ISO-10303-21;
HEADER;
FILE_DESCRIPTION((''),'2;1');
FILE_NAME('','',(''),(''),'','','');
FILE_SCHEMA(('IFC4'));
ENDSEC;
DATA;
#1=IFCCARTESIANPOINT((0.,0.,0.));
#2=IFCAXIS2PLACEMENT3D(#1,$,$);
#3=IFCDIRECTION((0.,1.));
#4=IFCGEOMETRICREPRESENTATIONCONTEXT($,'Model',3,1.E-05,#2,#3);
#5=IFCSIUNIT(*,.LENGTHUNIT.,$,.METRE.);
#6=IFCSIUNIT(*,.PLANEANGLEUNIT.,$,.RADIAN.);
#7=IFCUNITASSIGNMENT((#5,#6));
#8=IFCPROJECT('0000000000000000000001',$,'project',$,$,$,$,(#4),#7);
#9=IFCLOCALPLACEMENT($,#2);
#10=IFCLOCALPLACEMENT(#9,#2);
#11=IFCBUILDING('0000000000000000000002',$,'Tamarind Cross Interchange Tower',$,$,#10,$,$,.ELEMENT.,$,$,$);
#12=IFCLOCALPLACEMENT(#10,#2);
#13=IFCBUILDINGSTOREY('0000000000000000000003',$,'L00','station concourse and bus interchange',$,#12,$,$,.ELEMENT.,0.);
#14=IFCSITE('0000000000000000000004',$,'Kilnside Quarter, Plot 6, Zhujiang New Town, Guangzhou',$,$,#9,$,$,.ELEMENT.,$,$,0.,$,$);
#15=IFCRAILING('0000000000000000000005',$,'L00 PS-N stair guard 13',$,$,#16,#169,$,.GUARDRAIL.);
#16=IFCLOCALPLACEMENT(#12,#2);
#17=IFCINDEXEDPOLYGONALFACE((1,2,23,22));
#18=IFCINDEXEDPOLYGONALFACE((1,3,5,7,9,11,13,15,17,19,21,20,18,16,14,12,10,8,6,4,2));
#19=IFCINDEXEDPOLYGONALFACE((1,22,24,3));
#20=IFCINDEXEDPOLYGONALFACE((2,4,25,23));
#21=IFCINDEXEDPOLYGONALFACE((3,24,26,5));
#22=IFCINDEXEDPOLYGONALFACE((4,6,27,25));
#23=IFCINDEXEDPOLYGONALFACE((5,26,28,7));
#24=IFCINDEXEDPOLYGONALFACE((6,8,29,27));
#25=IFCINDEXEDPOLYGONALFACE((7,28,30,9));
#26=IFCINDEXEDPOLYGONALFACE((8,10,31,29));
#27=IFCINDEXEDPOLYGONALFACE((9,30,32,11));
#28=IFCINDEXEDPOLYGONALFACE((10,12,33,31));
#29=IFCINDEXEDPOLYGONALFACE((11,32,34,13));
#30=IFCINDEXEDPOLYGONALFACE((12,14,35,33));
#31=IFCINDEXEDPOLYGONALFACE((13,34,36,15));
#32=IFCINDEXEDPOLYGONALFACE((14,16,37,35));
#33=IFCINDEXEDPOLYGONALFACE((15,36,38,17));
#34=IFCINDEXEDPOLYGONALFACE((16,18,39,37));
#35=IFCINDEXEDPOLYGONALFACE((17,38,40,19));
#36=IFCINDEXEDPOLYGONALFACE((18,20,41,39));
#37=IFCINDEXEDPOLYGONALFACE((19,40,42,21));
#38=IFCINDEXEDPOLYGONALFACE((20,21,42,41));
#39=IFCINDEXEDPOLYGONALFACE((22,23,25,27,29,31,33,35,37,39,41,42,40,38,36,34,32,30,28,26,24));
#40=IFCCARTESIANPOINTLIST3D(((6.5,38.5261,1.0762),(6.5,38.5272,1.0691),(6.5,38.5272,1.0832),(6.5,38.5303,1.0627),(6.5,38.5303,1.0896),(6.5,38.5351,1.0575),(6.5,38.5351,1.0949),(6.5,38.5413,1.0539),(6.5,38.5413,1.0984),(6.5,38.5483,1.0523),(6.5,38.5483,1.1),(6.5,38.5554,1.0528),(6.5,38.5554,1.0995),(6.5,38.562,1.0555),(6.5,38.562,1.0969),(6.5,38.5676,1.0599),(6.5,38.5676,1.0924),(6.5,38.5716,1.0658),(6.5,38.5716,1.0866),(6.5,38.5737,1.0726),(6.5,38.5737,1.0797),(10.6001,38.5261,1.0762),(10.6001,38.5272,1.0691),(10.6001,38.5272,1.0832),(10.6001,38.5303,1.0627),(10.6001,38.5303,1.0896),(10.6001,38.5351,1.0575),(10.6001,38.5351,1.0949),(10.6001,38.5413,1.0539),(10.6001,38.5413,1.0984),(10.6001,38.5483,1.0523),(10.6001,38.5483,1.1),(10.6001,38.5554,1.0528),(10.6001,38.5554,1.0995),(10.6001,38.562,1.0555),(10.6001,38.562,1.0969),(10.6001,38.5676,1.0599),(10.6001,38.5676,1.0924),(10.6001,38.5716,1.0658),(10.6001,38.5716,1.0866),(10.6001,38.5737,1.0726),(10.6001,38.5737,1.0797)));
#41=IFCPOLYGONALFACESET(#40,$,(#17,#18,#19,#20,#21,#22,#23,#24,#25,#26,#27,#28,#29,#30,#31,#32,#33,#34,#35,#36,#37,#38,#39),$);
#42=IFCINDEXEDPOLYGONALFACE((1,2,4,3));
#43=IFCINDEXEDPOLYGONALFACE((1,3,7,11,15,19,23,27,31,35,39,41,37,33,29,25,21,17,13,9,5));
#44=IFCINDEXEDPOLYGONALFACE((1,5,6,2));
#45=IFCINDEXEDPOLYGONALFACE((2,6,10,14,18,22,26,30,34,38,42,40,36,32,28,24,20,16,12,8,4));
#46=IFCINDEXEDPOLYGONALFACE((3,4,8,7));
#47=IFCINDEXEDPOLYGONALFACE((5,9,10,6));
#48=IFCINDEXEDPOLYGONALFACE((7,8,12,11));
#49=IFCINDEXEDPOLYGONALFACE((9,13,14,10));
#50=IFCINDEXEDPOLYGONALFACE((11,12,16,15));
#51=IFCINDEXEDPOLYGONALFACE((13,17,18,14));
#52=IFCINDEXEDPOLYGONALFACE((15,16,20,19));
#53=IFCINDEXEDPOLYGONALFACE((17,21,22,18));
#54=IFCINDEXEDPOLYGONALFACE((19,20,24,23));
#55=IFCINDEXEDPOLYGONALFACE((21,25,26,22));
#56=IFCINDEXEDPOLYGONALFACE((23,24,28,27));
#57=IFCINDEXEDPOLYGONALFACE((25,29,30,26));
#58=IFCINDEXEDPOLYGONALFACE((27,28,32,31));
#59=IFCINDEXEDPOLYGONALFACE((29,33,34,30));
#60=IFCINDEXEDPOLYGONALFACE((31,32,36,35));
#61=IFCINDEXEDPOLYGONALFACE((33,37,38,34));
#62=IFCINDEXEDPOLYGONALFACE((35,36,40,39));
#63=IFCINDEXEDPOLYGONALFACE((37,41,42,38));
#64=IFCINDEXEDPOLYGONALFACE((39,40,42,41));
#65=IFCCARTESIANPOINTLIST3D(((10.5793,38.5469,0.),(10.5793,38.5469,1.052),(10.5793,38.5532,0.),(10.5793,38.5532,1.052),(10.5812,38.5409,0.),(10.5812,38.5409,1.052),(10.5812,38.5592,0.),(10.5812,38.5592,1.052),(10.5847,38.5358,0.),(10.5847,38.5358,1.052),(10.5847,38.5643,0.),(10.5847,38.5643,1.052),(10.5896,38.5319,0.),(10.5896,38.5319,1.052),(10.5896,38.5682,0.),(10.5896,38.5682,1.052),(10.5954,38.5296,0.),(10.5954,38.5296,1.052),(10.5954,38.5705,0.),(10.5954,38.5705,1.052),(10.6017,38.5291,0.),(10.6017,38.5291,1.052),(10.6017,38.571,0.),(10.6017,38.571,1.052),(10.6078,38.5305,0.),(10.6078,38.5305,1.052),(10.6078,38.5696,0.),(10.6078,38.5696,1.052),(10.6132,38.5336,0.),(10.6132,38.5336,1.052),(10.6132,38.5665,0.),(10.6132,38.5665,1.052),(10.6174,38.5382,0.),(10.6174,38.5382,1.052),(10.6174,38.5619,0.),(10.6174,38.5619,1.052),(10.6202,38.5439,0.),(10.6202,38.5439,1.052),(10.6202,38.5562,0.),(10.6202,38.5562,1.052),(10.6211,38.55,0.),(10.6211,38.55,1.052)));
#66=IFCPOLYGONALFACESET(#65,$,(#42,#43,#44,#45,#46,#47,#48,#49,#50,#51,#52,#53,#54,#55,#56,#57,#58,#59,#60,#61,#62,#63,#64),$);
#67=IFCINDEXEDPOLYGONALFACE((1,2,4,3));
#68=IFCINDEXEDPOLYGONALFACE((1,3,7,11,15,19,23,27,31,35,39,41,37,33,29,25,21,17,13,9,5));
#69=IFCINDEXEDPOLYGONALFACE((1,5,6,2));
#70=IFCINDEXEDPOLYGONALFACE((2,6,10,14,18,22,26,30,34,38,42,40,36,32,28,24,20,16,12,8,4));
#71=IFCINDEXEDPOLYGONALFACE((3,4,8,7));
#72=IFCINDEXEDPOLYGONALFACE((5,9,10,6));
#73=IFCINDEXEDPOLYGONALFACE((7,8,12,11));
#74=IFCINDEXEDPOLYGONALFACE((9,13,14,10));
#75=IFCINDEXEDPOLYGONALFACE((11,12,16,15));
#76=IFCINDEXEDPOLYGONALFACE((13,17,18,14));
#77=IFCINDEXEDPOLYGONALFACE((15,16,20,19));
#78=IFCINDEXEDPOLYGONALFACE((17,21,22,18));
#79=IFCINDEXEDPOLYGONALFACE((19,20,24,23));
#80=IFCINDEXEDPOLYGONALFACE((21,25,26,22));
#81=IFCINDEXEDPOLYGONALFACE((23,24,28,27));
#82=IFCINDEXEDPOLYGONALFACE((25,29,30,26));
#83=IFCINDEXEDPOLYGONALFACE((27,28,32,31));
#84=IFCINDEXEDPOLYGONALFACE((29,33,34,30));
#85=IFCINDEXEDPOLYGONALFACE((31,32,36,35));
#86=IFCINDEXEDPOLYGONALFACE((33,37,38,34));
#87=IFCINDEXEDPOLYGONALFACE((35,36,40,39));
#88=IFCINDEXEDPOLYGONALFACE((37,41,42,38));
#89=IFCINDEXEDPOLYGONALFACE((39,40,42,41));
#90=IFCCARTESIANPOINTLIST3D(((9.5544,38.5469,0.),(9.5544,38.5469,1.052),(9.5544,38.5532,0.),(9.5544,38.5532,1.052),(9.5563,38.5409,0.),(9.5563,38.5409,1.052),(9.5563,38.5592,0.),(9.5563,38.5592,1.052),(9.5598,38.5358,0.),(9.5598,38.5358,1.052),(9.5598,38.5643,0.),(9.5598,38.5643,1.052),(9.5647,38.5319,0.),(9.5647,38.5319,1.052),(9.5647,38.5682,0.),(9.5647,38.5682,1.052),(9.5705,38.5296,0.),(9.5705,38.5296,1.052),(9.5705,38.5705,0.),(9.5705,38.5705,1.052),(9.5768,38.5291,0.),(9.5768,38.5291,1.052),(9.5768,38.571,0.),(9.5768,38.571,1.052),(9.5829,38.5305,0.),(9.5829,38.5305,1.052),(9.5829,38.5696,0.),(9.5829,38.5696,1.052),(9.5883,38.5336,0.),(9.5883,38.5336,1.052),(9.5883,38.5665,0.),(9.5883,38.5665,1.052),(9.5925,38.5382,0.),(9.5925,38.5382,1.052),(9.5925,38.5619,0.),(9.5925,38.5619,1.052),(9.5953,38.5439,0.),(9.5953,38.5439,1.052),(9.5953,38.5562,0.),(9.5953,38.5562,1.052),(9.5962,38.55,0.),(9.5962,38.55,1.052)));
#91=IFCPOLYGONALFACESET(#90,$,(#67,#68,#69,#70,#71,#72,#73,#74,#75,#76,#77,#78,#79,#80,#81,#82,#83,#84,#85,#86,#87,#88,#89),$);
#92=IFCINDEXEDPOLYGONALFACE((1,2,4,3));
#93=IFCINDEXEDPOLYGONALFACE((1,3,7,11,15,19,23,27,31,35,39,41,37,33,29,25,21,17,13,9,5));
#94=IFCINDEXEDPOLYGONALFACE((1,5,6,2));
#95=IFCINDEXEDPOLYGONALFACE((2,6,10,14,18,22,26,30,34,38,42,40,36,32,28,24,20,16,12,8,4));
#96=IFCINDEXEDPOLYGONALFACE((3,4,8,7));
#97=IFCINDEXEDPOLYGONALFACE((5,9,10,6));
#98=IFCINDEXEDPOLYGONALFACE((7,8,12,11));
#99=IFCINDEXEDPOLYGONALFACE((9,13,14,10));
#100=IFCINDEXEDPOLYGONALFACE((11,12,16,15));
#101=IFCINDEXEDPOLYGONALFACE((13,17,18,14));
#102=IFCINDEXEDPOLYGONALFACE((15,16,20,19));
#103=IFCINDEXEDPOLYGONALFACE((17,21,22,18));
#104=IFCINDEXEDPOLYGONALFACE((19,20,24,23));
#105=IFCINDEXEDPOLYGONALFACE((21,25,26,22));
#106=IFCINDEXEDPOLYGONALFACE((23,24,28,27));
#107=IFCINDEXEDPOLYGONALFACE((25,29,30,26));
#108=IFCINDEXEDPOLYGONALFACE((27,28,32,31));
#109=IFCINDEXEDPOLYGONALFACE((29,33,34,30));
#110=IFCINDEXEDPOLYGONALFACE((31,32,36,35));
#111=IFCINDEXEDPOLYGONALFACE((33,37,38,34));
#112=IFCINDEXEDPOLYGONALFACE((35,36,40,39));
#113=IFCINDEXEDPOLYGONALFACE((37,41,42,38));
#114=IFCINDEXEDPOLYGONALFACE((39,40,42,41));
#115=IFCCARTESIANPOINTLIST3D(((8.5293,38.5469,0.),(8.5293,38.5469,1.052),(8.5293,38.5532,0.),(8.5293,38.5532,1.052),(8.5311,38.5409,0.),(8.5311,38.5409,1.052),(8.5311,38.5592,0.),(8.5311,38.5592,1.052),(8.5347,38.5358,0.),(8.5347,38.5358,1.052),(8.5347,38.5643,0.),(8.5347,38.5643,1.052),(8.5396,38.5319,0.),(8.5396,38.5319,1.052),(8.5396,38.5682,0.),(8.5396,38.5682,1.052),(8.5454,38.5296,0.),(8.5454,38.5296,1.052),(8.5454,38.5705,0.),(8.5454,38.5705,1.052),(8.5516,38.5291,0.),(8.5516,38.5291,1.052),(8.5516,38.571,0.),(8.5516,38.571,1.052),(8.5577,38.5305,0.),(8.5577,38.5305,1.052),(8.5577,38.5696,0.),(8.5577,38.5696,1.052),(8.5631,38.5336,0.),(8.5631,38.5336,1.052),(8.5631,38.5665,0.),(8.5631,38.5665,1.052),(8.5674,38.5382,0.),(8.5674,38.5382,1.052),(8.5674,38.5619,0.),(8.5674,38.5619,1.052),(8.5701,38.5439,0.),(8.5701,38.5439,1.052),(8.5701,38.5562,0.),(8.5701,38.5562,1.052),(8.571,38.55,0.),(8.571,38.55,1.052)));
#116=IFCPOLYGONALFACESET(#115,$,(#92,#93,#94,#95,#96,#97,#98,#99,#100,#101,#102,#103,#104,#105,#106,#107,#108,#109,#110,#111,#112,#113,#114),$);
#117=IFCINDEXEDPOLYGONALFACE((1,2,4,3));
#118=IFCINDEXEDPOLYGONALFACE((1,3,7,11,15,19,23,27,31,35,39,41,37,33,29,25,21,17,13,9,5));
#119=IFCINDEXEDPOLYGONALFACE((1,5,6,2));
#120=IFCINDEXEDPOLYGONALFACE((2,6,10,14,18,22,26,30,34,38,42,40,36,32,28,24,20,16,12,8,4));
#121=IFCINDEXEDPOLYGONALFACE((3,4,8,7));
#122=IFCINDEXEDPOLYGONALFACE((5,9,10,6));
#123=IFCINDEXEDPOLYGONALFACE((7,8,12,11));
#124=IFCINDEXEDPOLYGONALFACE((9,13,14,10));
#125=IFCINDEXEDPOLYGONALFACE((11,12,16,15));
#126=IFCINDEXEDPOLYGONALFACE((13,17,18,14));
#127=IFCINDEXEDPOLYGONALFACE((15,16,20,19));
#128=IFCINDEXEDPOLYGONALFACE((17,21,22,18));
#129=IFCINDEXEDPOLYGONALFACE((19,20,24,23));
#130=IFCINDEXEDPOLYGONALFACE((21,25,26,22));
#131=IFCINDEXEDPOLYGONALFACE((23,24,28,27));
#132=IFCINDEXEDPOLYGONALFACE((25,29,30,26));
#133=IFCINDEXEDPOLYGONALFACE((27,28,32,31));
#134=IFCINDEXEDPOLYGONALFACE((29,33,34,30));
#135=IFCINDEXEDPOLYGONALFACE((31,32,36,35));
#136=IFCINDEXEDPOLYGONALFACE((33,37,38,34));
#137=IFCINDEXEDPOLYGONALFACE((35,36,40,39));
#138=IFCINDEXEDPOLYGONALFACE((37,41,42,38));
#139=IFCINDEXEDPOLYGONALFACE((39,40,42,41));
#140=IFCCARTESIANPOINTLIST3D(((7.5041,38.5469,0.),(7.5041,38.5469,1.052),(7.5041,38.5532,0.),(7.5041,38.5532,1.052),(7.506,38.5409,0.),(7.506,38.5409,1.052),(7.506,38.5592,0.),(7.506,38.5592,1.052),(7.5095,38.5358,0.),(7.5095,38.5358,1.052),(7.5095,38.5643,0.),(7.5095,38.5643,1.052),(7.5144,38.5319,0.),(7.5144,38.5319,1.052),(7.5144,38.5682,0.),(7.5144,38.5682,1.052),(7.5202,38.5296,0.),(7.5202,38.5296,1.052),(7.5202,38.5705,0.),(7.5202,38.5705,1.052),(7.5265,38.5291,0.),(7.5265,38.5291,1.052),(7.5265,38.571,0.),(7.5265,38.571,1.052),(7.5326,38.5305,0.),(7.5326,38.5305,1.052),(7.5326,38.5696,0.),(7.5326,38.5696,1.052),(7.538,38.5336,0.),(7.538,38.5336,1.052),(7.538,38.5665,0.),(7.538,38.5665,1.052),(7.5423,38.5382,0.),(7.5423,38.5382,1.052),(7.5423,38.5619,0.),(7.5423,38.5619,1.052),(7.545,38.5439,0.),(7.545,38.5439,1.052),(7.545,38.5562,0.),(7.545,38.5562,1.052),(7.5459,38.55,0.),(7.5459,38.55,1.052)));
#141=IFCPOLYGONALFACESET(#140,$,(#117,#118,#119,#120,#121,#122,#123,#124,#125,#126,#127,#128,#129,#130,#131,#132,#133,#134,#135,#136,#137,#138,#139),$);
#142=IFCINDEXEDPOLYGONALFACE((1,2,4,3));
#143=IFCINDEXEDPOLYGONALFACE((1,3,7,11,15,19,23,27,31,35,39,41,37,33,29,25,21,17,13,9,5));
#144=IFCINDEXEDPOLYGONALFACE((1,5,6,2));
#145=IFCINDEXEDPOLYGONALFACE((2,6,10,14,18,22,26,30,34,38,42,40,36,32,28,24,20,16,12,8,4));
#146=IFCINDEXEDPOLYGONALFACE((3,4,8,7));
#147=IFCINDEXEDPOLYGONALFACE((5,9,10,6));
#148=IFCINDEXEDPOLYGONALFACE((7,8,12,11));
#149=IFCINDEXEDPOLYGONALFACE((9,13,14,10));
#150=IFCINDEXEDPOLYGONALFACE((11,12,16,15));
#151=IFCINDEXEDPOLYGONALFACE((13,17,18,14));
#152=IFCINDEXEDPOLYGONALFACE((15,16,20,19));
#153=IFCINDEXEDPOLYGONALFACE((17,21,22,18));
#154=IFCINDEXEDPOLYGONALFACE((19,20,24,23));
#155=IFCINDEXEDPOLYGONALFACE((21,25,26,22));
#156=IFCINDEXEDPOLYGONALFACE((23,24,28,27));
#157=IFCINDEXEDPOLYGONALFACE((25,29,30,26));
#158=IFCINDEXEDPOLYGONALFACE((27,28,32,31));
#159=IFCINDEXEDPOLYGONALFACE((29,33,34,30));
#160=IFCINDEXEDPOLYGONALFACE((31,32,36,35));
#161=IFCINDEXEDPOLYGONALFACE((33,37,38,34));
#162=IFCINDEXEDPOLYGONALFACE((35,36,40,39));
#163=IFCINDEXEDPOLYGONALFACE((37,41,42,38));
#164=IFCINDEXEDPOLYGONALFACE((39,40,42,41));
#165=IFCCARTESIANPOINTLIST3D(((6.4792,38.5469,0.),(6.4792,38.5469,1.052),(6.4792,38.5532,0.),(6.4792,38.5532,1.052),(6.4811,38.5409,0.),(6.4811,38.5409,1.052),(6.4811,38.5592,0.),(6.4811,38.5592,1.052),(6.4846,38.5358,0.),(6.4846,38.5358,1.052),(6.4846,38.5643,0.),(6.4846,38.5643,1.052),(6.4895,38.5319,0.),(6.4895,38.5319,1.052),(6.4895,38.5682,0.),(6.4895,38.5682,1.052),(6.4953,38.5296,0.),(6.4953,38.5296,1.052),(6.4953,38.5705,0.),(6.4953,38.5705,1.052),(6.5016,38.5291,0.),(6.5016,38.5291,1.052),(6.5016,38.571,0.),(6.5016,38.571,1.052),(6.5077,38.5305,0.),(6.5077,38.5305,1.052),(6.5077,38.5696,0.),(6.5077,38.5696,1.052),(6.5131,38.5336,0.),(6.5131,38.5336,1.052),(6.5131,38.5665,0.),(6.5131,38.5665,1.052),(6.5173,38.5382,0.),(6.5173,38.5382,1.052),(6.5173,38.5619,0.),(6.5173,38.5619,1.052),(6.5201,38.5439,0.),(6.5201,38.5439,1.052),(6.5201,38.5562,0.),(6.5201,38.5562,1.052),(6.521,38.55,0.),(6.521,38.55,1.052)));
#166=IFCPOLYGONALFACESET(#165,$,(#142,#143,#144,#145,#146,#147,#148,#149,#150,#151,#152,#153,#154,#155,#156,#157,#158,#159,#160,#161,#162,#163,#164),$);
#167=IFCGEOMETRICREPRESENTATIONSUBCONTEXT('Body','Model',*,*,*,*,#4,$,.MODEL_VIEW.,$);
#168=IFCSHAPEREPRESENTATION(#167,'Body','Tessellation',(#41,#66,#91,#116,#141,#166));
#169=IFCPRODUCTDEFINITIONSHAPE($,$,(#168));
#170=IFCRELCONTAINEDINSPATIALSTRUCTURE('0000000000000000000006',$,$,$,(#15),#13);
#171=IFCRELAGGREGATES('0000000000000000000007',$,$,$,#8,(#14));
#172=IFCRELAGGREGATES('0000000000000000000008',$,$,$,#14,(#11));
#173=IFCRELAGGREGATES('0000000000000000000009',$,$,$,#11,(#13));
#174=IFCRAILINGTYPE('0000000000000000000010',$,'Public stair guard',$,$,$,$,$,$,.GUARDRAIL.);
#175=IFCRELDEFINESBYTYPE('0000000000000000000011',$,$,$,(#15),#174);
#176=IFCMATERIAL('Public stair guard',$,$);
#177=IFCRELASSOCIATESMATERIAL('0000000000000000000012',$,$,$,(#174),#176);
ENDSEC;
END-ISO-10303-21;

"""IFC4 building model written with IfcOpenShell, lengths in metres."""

from ifc_helpers import new_model, si_unit, direction, frame, origin, origin_2d, place, context, subcontext, project, spatial, circle, extrude, material, type_object, element, save


model = new_model("IFC4")

# Units and contexts
model_context = context("Model", 3, precision=1e-05, world=origin(), true_north=direction((0.0, 1.0)))
body_context = subcontext(model_context, "Body", "Model", "MODEL_VIEW")
ifc_project = project(units=[si_unit("LENGTHUNIT", "METRE"), si_unit("PLANEANGLEUNIT", "RADIAN")], contexts=[model_context])

# Site, building, storey
site_placement = place(None, origin())
site = spatial("IfcSite", under=ifc_project, at=site_placement, Name="Kilnside Quarter, Plot 6, Zhujiang New Town, Guangzhou", CompositionType="ELEMENT", RefElevation=0.0)
building_placement = place(site_placement, origin())
building = spatial("IfcBuilding", under=site, at=building_placement, Name="Tamarind Cross Interchange Tower", CompositionType="ELEMENT")
storey_placement = place(building_placement, origin())
storey = spatial("IfcBuildingStorey", under=building, at=storey_placement, Name="L00", Description="station concourse and bus interchange", CompositionType="ELEMENT", Elevation=0.0)

# Railing
ifc_material_1 = material(Name="Public stair guard")
railing_type_1 = type_object("IfcRailingType", Name="Public stair guard", PredefinedType="GUARDRAIL", material=ifc_material_1)
railing_1_placement = place(storey_placement, frame((10.6001, 38.55, 0.0)))
element("IfcRailing", 1, at=railing_1_placement, inside=storey, type_object=railing_type_1, Name="L00 PS-N stair guard 13", PredefinedType="GUARDRAIL", context=body_context, shape_type="SweptSolid", body=[
    extrude(circle(Radius=0.0239, at=origin_2d()), frame((0.0, 0.0, 1.0762), z_axis=(-1.0, 0.0, 0.0), x_axis=(0.0, -1.0, 0.0)), (0.0, 0.0, 1.0), 4.1001),
    extrude(circle(Radius=0.021, at=origin_2d()), origin(), (0.0, 0.0, 1.0), 1.052),
    extrude(circle(Radius=0.021, at=origin_2d()), frame((-1.0249, 0.0, 0.0)), (0.0, 0.0, 1.0), 1.052),
    extrude(circle(Radius=0.021, at=origin_2d()), frame((-2.05, 0.0, 0.0)), (0.0, 0.0, 1.0), 1.052),
    extrude(circle(Radius=0.021, at=origin_2d()), frame((-3.0752, 0.0, 0.0)), (0.0, 0.0, 1.0), 1.052),
    extrude(circle(Radius=0.021, at=origin_2d()), frame((-4.1001, 0.0, 0.0)), (0.0, 0.0, 1.0), 1.052),
])

save(model, "model.ifc")
